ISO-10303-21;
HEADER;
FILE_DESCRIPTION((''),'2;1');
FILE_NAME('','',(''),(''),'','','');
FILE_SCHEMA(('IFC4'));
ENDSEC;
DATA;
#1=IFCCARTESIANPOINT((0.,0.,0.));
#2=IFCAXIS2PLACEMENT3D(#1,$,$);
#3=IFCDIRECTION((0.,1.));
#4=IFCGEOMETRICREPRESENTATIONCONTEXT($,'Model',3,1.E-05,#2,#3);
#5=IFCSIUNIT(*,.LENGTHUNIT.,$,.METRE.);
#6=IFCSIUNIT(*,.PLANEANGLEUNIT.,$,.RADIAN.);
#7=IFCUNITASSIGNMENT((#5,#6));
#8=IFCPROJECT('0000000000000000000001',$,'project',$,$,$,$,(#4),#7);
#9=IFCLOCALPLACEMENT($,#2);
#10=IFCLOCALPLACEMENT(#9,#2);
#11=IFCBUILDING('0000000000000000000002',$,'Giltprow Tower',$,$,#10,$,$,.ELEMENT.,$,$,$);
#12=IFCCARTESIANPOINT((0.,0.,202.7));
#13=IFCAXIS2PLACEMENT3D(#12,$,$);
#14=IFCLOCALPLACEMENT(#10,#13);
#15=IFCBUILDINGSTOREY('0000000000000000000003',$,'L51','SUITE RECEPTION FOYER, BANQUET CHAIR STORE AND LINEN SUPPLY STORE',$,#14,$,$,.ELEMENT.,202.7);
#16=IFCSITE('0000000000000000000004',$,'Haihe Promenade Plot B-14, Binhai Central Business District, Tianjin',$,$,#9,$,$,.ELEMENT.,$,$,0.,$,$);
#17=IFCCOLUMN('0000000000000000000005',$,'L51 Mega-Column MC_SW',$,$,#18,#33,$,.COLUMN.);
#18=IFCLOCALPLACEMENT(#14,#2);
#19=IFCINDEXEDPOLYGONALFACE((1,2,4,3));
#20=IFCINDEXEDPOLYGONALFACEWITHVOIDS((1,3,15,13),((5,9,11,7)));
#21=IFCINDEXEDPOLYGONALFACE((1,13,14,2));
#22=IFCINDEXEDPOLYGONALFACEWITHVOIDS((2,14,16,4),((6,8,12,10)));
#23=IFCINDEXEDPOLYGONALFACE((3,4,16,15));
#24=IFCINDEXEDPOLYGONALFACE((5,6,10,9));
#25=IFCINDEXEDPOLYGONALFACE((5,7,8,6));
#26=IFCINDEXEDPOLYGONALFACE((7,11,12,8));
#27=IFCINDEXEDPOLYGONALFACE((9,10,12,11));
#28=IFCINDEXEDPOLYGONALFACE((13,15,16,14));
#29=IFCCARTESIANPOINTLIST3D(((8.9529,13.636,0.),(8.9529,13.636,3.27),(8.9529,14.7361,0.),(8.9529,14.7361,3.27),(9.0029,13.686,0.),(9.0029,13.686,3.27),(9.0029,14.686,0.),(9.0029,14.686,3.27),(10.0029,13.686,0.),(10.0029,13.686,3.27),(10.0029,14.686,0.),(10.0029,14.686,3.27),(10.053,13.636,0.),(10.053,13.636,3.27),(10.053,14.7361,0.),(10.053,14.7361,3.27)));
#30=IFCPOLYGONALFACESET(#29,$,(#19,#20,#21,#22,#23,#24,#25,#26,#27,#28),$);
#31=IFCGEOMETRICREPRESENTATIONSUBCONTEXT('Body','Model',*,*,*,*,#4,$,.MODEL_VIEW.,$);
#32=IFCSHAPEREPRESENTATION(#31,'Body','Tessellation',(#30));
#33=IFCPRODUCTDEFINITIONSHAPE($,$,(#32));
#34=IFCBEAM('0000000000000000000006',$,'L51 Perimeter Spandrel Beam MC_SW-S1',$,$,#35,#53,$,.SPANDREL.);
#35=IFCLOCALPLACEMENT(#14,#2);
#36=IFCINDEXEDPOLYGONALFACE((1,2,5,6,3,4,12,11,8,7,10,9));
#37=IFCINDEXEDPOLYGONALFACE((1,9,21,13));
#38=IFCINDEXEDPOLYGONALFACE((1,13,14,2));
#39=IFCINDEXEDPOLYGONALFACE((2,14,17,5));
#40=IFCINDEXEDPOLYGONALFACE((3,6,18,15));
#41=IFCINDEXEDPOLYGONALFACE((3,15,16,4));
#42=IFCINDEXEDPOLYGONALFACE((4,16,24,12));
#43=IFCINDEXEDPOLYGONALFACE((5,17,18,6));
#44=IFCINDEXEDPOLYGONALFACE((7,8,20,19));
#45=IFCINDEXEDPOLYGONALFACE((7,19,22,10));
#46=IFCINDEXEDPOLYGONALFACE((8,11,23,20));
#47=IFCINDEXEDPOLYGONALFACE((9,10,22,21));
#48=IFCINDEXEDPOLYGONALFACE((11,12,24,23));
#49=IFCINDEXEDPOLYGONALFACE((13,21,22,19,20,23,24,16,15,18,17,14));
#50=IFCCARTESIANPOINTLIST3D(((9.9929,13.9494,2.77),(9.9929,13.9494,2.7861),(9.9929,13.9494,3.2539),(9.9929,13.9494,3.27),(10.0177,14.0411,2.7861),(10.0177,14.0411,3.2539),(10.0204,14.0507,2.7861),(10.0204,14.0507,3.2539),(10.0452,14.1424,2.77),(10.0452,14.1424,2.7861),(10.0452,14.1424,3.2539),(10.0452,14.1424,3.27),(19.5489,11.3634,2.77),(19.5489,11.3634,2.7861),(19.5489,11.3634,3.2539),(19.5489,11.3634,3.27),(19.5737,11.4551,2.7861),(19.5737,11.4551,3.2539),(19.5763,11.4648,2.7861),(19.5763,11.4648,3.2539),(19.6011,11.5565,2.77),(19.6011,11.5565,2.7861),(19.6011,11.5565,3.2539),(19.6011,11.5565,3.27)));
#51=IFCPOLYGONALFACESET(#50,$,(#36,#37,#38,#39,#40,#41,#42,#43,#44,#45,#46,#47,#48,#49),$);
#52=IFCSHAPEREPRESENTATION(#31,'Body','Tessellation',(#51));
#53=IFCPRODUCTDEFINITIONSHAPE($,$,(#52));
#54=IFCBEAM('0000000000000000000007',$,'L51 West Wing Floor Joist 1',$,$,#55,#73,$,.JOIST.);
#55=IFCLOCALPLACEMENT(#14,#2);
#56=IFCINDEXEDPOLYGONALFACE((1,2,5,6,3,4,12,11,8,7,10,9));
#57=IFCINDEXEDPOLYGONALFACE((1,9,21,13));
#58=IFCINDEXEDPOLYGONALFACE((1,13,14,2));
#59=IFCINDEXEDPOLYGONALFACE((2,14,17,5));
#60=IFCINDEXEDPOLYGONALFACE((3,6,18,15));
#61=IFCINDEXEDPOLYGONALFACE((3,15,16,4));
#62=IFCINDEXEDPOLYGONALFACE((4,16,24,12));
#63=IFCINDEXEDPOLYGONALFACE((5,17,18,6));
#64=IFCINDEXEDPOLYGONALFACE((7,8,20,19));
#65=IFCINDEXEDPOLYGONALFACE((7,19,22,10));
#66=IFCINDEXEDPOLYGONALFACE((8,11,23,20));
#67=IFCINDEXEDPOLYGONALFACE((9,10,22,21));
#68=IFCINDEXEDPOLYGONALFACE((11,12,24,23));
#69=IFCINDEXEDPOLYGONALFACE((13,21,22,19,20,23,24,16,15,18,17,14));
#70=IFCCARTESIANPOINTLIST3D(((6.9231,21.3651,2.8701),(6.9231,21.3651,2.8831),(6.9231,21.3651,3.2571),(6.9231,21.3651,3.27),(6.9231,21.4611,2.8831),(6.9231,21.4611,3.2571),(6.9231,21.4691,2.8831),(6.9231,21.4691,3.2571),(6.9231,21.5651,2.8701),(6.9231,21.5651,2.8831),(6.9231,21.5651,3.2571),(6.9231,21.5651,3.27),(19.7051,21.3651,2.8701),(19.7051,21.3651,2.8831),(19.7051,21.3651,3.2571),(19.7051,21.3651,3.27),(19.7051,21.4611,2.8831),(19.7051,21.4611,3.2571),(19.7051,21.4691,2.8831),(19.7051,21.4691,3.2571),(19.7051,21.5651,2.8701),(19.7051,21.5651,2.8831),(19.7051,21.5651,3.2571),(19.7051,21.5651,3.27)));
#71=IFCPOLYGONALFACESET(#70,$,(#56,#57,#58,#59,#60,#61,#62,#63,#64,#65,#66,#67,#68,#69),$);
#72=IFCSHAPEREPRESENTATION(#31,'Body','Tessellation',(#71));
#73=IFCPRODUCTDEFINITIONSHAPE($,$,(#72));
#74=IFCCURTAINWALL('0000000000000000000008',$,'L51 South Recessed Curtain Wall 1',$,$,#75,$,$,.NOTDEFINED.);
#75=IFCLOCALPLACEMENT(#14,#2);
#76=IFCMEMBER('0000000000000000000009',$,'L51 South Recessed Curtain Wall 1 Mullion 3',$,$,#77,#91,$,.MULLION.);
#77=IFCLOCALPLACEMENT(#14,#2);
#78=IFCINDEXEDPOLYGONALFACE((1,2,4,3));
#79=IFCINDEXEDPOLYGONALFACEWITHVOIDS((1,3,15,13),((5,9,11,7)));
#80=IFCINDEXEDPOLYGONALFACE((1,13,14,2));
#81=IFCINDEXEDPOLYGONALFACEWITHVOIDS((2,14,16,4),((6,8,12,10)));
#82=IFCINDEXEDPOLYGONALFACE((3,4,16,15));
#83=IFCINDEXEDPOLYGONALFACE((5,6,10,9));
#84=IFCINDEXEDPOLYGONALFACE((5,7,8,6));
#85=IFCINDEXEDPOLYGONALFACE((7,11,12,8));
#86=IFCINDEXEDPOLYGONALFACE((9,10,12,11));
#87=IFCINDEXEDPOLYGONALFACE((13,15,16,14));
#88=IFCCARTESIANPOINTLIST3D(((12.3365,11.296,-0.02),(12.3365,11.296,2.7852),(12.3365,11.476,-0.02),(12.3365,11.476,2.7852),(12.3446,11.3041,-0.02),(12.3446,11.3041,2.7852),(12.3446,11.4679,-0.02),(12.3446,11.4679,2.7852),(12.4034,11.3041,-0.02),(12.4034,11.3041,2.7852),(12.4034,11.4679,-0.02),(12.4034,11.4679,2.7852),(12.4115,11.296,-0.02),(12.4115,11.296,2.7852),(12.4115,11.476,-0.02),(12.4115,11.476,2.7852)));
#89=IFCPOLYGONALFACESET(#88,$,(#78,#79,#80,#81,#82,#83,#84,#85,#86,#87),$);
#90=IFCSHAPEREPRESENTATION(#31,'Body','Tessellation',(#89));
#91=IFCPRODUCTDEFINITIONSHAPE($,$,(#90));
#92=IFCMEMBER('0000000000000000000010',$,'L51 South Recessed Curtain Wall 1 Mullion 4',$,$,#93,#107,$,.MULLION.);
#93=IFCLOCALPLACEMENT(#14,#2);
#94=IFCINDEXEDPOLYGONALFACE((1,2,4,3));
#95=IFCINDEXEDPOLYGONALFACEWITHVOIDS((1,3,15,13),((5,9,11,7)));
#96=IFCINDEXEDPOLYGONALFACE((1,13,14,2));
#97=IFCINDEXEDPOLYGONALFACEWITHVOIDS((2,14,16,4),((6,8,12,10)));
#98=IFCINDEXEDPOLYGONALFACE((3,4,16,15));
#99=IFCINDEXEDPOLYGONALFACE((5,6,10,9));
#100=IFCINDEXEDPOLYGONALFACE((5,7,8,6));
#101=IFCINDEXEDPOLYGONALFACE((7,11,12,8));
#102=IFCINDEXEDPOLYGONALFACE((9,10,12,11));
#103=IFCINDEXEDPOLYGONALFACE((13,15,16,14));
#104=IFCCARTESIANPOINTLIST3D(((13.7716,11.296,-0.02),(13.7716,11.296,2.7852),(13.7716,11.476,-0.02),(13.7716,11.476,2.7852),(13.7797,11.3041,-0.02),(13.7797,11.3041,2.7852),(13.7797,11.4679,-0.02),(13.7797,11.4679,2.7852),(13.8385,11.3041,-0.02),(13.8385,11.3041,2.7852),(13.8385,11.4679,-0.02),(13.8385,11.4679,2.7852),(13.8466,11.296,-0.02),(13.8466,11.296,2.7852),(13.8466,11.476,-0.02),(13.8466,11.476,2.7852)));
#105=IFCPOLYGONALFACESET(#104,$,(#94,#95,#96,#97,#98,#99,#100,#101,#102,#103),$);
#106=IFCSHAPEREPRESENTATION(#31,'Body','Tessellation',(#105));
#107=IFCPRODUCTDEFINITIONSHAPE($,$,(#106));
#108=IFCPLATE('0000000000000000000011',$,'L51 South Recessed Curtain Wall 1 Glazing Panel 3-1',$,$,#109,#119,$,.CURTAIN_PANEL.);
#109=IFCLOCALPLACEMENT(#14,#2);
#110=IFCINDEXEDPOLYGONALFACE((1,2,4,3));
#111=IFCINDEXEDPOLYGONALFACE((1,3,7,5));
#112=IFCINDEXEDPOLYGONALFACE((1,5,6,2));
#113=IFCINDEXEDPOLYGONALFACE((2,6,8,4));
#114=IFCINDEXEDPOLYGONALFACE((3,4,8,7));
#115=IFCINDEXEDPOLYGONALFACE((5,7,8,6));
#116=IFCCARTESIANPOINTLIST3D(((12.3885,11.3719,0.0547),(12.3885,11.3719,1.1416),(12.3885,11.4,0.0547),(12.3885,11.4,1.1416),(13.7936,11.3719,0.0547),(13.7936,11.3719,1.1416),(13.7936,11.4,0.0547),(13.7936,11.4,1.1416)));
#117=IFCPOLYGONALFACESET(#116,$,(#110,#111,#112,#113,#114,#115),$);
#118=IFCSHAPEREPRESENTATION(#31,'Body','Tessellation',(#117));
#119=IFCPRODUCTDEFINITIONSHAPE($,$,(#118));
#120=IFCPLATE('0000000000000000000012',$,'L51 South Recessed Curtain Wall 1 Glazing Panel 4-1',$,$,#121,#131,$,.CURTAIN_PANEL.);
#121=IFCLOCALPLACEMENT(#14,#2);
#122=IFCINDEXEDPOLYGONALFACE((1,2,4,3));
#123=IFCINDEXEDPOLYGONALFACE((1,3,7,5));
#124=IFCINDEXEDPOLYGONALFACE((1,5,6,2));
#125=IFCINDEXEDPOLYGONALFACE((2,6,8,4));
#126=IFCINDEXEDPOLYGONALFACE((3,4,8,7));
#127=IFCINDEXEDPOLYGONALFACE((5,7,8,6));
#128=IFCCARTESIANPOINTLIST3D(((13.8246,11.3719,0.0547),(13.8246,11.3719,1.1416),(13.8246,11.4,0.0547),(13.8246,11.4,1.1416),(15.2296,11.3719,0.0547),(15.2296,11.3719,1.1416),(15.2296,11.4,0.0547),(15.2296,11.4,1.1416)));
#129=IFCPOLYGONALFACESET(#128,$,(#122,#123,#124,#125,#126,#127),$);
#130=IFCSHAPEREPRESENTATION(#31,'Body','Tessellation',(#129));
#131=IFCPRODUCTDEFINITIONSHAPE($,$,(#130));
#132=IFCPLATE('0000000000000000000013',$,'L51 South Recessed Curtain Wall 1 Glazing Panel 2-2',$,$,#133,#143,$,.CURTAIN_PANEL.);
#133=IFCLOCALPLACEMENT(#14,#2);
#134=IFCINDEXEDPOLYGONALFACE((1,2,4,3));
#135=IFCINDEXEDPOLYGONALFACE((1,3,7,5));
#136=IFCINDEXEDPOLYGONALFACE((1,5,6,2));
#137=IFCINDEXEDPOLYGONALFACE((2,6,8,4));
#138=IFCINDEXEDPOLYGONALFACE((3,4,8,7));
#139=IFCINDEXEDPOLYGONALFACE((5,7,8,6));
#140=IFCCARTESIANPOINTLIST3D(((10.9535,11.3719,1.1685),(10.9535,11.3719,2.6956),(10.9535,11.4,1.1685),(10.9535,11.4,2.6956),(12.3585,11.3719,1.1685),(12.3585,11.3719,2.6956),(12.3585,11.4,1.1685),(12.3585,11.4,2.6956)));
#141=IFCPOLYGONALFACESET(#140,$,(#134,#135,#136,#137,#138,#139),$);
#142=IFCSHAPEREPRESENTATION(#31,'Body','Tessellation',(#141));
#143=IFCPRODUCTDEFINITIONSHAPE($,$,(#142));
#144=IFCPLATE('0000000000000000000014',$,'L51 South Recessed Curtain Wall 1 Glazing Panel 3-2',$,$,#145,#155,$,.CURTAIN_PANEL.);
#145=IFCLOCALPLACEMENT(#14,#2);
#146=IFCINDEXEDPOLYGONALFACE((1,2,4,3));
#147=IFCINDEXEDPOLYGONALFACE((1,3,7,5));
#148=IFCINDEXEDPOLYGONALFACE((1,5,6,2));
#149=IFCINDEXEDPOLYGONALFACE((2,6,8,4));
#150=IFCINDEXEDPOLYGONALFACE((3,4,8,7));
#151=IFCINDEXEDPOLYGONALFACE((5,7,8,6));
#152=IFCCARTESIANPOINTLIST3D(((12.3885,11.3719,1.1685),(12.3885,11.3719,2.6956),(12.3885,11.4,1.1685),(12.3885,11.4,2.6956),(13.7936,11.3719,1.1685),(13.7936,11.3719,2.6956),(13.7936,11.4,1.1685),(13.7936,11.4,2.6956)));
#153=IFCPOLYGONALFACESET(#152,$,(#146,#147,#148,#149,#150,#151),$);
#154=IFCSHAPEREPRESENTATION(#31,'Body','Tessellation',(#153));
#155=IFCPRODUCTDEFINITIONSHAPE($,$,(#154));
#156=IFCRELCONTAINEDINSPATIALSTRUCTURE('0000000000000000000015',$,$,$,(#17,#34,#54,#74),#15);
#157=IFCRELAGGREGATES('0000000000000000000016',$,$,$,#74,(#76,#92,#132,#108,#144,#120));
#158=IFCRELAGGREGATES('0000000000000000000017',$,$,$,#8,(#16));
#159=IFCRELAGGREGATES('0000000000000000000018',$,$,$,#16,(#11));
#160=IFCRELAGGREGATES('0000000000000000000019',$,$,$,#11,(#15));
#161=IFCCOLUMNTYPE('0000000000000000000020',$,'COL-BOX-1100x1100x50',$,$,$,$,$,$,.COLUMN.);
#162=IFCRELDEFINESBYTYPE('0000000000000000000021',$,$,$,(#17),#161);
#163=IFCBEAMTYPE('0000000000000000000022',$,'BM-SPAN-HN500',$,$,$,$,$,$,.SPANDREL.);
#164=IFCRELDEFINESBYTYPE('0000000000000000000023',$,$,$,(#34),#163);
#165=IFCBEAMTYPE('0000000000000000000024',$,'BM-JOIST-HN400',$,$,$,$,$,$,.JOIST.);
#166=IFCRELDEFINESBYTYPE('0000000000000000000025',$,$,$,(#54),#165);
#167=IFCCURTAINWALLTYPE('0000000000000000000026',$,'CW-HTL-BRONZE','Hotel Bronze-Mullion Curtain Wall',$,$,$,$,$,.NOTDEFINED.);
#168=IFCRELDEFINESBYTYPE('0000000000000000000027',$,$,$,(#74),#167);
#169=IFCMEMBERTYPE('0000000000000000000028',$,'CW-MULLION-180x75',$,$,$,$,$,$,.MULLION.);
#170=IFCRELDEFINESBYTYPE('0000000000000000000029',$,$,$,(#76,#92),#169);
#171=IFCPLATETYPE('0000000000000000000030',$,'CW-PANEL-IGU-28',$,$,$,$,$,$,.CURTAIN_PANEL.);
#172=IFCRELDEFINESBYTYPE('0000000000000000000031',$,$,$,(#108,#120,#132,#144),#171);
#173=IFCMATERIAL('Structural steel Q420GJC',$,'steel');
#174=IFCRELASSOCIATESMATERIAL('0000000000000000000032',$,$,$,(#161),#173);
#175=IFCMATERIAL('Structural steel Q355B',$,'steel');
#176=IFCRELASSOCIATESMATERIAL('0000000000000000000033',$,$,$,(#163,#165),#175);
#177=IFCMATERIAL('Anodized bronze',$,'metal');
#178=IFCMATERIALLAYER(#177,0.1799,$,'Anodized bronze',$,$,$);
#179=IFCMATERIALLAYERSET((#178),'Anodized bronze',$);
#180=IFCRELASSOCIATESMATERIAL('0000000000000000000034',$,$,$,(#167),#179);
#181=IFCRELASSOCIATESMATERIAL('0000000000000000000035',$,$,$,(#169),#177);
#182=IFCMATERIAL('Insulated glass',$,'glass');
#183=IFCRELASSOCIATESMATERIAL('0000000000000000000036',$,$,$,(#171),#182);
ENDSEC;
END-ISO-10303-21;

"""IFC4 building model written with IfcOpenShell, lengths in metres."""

from ifc_helpers import new_model, si_unit, direction, frame, origin, origin_2d, place, context, subcontext, project, spatial, rectangle, hollow_rectangle, i_section, extrude, source, transform, mapped, material, layer, layer_set, material_profile, profile_set, type_object, element, aggregate, save


model = new_model("IFC4")

# Units and contexts
model_context = context("Model", 3, precision=1e-05, world=origin(), true_north=direction((0.0, 1.0)))
body_context = subcontext(model_context, "Body", "Model", "MODEL_VIEW")
ifc_project = project(units=[si_unit("LENGTHUNIT", "METRE"), si_unit("PLANEANGLEUNIT", "RADIAN")], contexts=[model_context])

# Site, building, storey
site_placement = place(None, origin())
site = spatial("IfcSite", under=ifc_project, at=site_placement, Name="Haihe Promenade Plot B-14, Binhai Central Business District, Tianjin", CompositionType="ELEMENT", RefElevation=0.0)
building_placement = place(site_placement, origin())
building = spatial("IfcBuilding", under=site, at=building_placement, Name="Giltprow Tower", CompositionType="ELEMENT")
storey_placement = place(building_placement, frame((0.0, 0.0, 202.7)))
storey = spatial("IfcBuildingStorey", under=building, at=storey_placement, Name="L51", Description="SUITE RECEPTION FOYER, BANQUET CHAIR STORE AND LINEN SUPPLY STORE", CompositionType="ELEMENT", Elevation=202.7)

# Column
ifc_material_1 = material(Name="Structural steel Q420GJC", Category="steel")
ifc_material_profile_1 = material_profile(ifc_material_1, hollow_rectangle(XDim=1.1001, YDim=1.1001, WallThickness=0.05, at=origin_2d()), Name="BOX 1100x1100x50")
ifc_profile_set_1 = profile_set([ifc_material_profile_1], Name="Structural steel Q420GJC")
column_type = type_object("IfcColumnType", Name="COL-BOX-1100x1100x50", PredefinedType="COLUMN", material=ifc_profile_set_1)
shared_shape_1 = source(origin(), body_context, "Body", "SweptSolid", [
    extrude(hollow_rectangle(XDim=1.1001, YDim=1.1001, WallThickness=0.05, at=origin_2d()), origin(), (0.0, 0.0, 1.0), 3.27),
])
column_placement = place(storey_placement, frame((9.5029, 14.186, 0.0), z_axis=(0.0, 0.0, 1.0), x_axis=(1.0, 0.0, 0.0)))
element("IfcColumn", 1, at=column_placement, inside=storey, type_object=column_type, Name="L51 Mega-Column MC_SW", PredefinedType="COLUMN", context=body_context, shape_type="MappedRepresentation", body=[
    mapped(shared_shape_1, transform((0.0, 0.0, 0.0), x_axis=(1.0, 0.0, 0.0), y_axis=(0.0, 1.0, 0.0), z_axis=(0.0, 0.0, 1.0), scale=1.0)),
])

# Beams
ifc_material_2 = material(Name="Structural steel Q355B", Category="steel")
ifc_material_profile_2 = material_profile(ifc_material_2, i_section(OverallWidth=0.2, OverallDepth=0.5, WebThickness=0.01, FlangeThickness=0.0161, at=origin_2d()), Name="HN 500x200x10x16")
ifc_profile_set_2 = profile_set([ifc_material_profile_2], Name="Structural steel Q355B")
beam_type_1 = type_object("IfcBeamType", Name="BM-SPAN-HN500", PredefinedType="SPANDREL", material=ifc_profile_set_2)
shared_shape_2 = source(origin(), body_context, "Body", "SweptSolid", [
    extrude(i_section(OverallWidth=0.2, OverallDepth=0.5, WebThickness=0.01, FlangeThickness=0.0161, at=origin_2d()), origin(), (0.0, 0.0, 1.0), 9.8997),
])
beam_1_placement = place(storey_placement, frame((10.019, 14.0459, 3.02), z_axis=(0.96528, -0.261216, 0.0), x_axis=(0.261216, 0.96528, 0.0)))
element("IfcBeam", 2, at=beam_1_placement, inside=storey, type_object=beam_type_1, Name="L51 Perimeter Spandrel Beam MC_SW-S1", PredefinedType="SPANDREL", context=body_context, shape_type="MappedRepresentation", body=[
    mapped(shared_shape_2, transform((0.0, 0.0, 0.0), x_axis=(1.0, 0.0, 0.0), y_axis=(0.0, 1.0, 0.0), z_axis=(0.0, 0.0, 1.0), scale=1.0)),
])
ifc_material_profile_3 = material_profile(ifc_material_2, i_section(OverallWidth=0.2, OverallDepth=0.3999, WebThickness=0.0081, FlangeThickness=0.0129, at=origin_2d()), Name="HN 400x200x8x13")
ifc_profile_set_3 = profile_set([ifc_material_profile_3], Name="Structural steel Q355B")
beam_type_2 = type_object("IfcBeamType", Name="BM-JOIST-HN400", PredefinedType="JOIST", material=ifc_profile_set_3)
shared_shape_3 = source(origin(), body_context, "Body", "SweptSolid", [
    extrude(i_section(OverallWidth=0.2, OverallDepth=0.3999, WebThickness=0.0081, FlangeThickness=0.0129, at=origin_2d()), origin(), (0.0, 0.0, 1.0), 12.782),
])
beam_2_placement = place(storey_placement, frame((6.9231, 21.4651, 3.0701), z_axis=(1.0, 0.0, 0.0), x_axis=(0.0, 1.0, 0.0)))
element("IfcBeam", 3, at=beam_2_placement, inside=storey, type_object=beam_type_2, Name="L51 West Wing Floor Joist 1", PredefinedType="JOIST", context=body_context, shape_type="MappedRepresentation", body=[
    mapped(shared_shape_3, transform((0.0, 0.0, 0.0), x_axis=(1.0, 0.0, 0.0), y_axis=(0.0, 1.0, 0.0), z_axis=(0.0, 0.0, 1.0), scale=1.0)),
])

# Curtain wall, members, plates
ifc_material_3 = material(Name="Anodized bronze", Category="metal")
ifc_layer_1 = layer(ifc_material_3, 0.1799, Name="Anodized bronze")
ifc_layer_set_1 = layer_set([ifc_layer_1], Name="Anodized bronze")
curtain_wall_type = type_object("IfcCurtainWallType", Name="CW-HTL-BRONZE", Description="Hotel Bronze-Mullion Curtain Wall", PredefinedType="NOTDEFINED", material=ifc_layer_set_1)
curtain_wall_placement = place(storey_placement, origin())
curtain_wall = element("IfcCurtainWall", 4, at=curtain_wall_placement, inside=storey, type_object=curtain_wall_type, Name="L51 South Recessed Curtain Wall 1", PredefinedType="NOTDEFINED")
ifc_material_profile_4 = material_profile(ifc_material_3, hollow_rectangle(XDim=0.075, YDim=0.1799, WallThickness=0.0081, at=origin_2d()), Name="RHS 180x75x8")
ifc_profile_set_4 = profile_set([ifc_material_profile_4], Name="Anodized bronze")
member_type = type_object("IfcMemberType", Name="CW-MULLION-180x75", PredefinedType="MULLION", material=ifc_profile_set_4)
shared_shape_4 = source(origin(), body_context, "Body", "SweptSolid", [
    extrude(hollow_rectangle(XDim=0.075, YDim=0.1799, WallThickness=0.0081, at=origin_2d()), origin(), (0.0, 0.0, 1.0), 2.8052),
])
member_1_placement = place(storey_placement, frame((12.374, 11.386, -0.02), z_axis=(0.0, 0.0, 1.0), x_axis=(1.0, 0.0, 0.0)))
member_1 = element("IfcMember", 5, at=member_1_placement, type_object=member_type, Name="L51 South Recessed Curtain Wall 1 Mullion 3", PredefinedType="MULLION", context=body_context, shape_type="MappedRepresentation", body=[
    mapped(shared_shape_4, transform((0.0, 0.0, 0.0), x_axis=(1.0, 0.0, 0.0), y_axis=(0.0, 1.0, 0.0), z_axis=(0.0, 0.0, 1.0), scale=1.0)),
])
member_2_placement = place(storey_placement, frame((13.8091, 11.386, -0.02), z_axis=(0.0, 0.0, 1.0), x_axis=(1.0, 0.0, 0.0)))
member_2 = element("IfcMember", 6, at=member_2_placement, type_object=member_type, Name="L51 South Recessed Curtain Wall 1 Mullion 4", PredefinedType="MULLION", context=body_context, shape_type="MappedRepresentation", body=[
    mapped(shared_shape_4, transform((0.0, 0.0, 0.0), x_axis=(1.0, 0.0, 0.0), y_axis=(0.0, 1.0, 0.0), z_axis=(0.0, 0.0, 1.0), scale=1.0)),
])
ifc_material_4 = material(Name="Insulated glass", Category="glass")
plate_type = type_object("IfcPlateType", Name="CW-PANEL-IGU-28", PredefinedType="CURTAIN_PANEL", material=ifc_material_4)
shared_shape_5 = source(origin(), body_context, "Body", "SweptSolid", [
    extrude(rectangle(XDim=1.405, YDim=0.0281, at=origin_2d()), origin(), (0.0, 0.0, 1.0), 1.0869),
])
plate_1_placement = place(storey_placement, frame((13.0911, 11.386, 0.0547), z_axis=(0.0, 0.0, 1.0), x_axis=(1.0, 0.0, 0.0)))
plate_1 = element("IfcPlate", 7, at=plate_1_placement, type_object=plate_type, Name="L51 South Recessed Curtain Wall 1 Glazing Panel 3-1", PredefinedType="CURTAIN_PANEL", context=body_context, shape_type="MappedRepresentation", body=[
    mapped(shared_shape_5, transform((0.0, 0.0, 0.0), x_axis=(1.0, 0.0, 0.0), y_axis=(0.0, 1.0, 0.0), z_axis=(0.0, 0.0, 1.0), scale=1.0)),
])
plate_2_placement = place(storey_placement, frame((14.5271, 11.386, 0.0547), z_axis=(0.0, 0.0, 1.0), x_axis=(1.0, 0.0, 0.0)))
plate_2 = element("IfcPlate", 8, at=plate_2_placement, type_object=plate_type, Name="L51 South Recessed Curtain Wall 1 Glazing Panel 4-1", PredefinedType="CURTAIN_PANEL", context=body_context, shape_type="MappedRepresentation", body=[
    mapped(shared_shape_5, transform((0.0, 0.0, 0.0), x_axis=(1.0, 0.0, 0.0), y_axis=(0.0, 1.0, 0.0), z_axis=(0.0, 0.0, 1.0), scale=1.0)),
])
shared_shape_6 = source(origin(), body_context, "Body", "SweptSolid", [
    extrude(rectangle(XDim=1.405, YDim=0.0281, at=origin_2d()), origin(), (0.0, 0.0, 1.0), 1.5271),
])
plate_3_placement = place(storey_placement, frame((11.656, 11.386, 1.1685), z_axis=(0.0, 0.0, 1.0), x_axis=(1.0, 0.0, 0.0)))
plate_3 = element("IfcPlate", 9, at=plate_3_placement, type_object=plate_type, Name="L51 South Recessed Curtain Wall 1 Glazing Panel 2-2", PredefinedType="CURTAIN_PANEL", context=body_context, shape_type="MappedRepresentation", body=[
    mapped(shared_shape_6, transform((0.0, 0.0, 0.0), x_axis=(1.0, 0.0, 0.0), y_axis=(0.0, 1.0, 0.0), z_axis=(0.0, 0.0, 1.0), scale=1.0)),
])
plate_4_placement = place(storey_placement, frame((13.0911, 11.386, 1.1685), z_axis=(0.0, 0.0, 1.0), x_axis=(1.0, 0.0, 0.0)))
plate_4 = element("IfcPlate", 10, at=plate_4_placement, type_object=plate_type, Name="L51 South Recessed Curtain Wall 1 Glazing Panel 3-2", PredefinedType="CURTAIN_PANEL", context=body_context, shape_type="MappedRepresentation", body=[
    mapped(shared_shape_6, transform((0.0, 0.0, 0.0), x_axis=(1.0, 0.0, 0.0), y_axis=(0.0, 1.0, 0.0), z_axis=(0.0, 0.0, 1.0), scale=1.0)),
])
aggregate(curtain_wall, [member_1, member_2, plate_3, plate_1, plate_4, plate_2])

save(model, "model.ifc")
